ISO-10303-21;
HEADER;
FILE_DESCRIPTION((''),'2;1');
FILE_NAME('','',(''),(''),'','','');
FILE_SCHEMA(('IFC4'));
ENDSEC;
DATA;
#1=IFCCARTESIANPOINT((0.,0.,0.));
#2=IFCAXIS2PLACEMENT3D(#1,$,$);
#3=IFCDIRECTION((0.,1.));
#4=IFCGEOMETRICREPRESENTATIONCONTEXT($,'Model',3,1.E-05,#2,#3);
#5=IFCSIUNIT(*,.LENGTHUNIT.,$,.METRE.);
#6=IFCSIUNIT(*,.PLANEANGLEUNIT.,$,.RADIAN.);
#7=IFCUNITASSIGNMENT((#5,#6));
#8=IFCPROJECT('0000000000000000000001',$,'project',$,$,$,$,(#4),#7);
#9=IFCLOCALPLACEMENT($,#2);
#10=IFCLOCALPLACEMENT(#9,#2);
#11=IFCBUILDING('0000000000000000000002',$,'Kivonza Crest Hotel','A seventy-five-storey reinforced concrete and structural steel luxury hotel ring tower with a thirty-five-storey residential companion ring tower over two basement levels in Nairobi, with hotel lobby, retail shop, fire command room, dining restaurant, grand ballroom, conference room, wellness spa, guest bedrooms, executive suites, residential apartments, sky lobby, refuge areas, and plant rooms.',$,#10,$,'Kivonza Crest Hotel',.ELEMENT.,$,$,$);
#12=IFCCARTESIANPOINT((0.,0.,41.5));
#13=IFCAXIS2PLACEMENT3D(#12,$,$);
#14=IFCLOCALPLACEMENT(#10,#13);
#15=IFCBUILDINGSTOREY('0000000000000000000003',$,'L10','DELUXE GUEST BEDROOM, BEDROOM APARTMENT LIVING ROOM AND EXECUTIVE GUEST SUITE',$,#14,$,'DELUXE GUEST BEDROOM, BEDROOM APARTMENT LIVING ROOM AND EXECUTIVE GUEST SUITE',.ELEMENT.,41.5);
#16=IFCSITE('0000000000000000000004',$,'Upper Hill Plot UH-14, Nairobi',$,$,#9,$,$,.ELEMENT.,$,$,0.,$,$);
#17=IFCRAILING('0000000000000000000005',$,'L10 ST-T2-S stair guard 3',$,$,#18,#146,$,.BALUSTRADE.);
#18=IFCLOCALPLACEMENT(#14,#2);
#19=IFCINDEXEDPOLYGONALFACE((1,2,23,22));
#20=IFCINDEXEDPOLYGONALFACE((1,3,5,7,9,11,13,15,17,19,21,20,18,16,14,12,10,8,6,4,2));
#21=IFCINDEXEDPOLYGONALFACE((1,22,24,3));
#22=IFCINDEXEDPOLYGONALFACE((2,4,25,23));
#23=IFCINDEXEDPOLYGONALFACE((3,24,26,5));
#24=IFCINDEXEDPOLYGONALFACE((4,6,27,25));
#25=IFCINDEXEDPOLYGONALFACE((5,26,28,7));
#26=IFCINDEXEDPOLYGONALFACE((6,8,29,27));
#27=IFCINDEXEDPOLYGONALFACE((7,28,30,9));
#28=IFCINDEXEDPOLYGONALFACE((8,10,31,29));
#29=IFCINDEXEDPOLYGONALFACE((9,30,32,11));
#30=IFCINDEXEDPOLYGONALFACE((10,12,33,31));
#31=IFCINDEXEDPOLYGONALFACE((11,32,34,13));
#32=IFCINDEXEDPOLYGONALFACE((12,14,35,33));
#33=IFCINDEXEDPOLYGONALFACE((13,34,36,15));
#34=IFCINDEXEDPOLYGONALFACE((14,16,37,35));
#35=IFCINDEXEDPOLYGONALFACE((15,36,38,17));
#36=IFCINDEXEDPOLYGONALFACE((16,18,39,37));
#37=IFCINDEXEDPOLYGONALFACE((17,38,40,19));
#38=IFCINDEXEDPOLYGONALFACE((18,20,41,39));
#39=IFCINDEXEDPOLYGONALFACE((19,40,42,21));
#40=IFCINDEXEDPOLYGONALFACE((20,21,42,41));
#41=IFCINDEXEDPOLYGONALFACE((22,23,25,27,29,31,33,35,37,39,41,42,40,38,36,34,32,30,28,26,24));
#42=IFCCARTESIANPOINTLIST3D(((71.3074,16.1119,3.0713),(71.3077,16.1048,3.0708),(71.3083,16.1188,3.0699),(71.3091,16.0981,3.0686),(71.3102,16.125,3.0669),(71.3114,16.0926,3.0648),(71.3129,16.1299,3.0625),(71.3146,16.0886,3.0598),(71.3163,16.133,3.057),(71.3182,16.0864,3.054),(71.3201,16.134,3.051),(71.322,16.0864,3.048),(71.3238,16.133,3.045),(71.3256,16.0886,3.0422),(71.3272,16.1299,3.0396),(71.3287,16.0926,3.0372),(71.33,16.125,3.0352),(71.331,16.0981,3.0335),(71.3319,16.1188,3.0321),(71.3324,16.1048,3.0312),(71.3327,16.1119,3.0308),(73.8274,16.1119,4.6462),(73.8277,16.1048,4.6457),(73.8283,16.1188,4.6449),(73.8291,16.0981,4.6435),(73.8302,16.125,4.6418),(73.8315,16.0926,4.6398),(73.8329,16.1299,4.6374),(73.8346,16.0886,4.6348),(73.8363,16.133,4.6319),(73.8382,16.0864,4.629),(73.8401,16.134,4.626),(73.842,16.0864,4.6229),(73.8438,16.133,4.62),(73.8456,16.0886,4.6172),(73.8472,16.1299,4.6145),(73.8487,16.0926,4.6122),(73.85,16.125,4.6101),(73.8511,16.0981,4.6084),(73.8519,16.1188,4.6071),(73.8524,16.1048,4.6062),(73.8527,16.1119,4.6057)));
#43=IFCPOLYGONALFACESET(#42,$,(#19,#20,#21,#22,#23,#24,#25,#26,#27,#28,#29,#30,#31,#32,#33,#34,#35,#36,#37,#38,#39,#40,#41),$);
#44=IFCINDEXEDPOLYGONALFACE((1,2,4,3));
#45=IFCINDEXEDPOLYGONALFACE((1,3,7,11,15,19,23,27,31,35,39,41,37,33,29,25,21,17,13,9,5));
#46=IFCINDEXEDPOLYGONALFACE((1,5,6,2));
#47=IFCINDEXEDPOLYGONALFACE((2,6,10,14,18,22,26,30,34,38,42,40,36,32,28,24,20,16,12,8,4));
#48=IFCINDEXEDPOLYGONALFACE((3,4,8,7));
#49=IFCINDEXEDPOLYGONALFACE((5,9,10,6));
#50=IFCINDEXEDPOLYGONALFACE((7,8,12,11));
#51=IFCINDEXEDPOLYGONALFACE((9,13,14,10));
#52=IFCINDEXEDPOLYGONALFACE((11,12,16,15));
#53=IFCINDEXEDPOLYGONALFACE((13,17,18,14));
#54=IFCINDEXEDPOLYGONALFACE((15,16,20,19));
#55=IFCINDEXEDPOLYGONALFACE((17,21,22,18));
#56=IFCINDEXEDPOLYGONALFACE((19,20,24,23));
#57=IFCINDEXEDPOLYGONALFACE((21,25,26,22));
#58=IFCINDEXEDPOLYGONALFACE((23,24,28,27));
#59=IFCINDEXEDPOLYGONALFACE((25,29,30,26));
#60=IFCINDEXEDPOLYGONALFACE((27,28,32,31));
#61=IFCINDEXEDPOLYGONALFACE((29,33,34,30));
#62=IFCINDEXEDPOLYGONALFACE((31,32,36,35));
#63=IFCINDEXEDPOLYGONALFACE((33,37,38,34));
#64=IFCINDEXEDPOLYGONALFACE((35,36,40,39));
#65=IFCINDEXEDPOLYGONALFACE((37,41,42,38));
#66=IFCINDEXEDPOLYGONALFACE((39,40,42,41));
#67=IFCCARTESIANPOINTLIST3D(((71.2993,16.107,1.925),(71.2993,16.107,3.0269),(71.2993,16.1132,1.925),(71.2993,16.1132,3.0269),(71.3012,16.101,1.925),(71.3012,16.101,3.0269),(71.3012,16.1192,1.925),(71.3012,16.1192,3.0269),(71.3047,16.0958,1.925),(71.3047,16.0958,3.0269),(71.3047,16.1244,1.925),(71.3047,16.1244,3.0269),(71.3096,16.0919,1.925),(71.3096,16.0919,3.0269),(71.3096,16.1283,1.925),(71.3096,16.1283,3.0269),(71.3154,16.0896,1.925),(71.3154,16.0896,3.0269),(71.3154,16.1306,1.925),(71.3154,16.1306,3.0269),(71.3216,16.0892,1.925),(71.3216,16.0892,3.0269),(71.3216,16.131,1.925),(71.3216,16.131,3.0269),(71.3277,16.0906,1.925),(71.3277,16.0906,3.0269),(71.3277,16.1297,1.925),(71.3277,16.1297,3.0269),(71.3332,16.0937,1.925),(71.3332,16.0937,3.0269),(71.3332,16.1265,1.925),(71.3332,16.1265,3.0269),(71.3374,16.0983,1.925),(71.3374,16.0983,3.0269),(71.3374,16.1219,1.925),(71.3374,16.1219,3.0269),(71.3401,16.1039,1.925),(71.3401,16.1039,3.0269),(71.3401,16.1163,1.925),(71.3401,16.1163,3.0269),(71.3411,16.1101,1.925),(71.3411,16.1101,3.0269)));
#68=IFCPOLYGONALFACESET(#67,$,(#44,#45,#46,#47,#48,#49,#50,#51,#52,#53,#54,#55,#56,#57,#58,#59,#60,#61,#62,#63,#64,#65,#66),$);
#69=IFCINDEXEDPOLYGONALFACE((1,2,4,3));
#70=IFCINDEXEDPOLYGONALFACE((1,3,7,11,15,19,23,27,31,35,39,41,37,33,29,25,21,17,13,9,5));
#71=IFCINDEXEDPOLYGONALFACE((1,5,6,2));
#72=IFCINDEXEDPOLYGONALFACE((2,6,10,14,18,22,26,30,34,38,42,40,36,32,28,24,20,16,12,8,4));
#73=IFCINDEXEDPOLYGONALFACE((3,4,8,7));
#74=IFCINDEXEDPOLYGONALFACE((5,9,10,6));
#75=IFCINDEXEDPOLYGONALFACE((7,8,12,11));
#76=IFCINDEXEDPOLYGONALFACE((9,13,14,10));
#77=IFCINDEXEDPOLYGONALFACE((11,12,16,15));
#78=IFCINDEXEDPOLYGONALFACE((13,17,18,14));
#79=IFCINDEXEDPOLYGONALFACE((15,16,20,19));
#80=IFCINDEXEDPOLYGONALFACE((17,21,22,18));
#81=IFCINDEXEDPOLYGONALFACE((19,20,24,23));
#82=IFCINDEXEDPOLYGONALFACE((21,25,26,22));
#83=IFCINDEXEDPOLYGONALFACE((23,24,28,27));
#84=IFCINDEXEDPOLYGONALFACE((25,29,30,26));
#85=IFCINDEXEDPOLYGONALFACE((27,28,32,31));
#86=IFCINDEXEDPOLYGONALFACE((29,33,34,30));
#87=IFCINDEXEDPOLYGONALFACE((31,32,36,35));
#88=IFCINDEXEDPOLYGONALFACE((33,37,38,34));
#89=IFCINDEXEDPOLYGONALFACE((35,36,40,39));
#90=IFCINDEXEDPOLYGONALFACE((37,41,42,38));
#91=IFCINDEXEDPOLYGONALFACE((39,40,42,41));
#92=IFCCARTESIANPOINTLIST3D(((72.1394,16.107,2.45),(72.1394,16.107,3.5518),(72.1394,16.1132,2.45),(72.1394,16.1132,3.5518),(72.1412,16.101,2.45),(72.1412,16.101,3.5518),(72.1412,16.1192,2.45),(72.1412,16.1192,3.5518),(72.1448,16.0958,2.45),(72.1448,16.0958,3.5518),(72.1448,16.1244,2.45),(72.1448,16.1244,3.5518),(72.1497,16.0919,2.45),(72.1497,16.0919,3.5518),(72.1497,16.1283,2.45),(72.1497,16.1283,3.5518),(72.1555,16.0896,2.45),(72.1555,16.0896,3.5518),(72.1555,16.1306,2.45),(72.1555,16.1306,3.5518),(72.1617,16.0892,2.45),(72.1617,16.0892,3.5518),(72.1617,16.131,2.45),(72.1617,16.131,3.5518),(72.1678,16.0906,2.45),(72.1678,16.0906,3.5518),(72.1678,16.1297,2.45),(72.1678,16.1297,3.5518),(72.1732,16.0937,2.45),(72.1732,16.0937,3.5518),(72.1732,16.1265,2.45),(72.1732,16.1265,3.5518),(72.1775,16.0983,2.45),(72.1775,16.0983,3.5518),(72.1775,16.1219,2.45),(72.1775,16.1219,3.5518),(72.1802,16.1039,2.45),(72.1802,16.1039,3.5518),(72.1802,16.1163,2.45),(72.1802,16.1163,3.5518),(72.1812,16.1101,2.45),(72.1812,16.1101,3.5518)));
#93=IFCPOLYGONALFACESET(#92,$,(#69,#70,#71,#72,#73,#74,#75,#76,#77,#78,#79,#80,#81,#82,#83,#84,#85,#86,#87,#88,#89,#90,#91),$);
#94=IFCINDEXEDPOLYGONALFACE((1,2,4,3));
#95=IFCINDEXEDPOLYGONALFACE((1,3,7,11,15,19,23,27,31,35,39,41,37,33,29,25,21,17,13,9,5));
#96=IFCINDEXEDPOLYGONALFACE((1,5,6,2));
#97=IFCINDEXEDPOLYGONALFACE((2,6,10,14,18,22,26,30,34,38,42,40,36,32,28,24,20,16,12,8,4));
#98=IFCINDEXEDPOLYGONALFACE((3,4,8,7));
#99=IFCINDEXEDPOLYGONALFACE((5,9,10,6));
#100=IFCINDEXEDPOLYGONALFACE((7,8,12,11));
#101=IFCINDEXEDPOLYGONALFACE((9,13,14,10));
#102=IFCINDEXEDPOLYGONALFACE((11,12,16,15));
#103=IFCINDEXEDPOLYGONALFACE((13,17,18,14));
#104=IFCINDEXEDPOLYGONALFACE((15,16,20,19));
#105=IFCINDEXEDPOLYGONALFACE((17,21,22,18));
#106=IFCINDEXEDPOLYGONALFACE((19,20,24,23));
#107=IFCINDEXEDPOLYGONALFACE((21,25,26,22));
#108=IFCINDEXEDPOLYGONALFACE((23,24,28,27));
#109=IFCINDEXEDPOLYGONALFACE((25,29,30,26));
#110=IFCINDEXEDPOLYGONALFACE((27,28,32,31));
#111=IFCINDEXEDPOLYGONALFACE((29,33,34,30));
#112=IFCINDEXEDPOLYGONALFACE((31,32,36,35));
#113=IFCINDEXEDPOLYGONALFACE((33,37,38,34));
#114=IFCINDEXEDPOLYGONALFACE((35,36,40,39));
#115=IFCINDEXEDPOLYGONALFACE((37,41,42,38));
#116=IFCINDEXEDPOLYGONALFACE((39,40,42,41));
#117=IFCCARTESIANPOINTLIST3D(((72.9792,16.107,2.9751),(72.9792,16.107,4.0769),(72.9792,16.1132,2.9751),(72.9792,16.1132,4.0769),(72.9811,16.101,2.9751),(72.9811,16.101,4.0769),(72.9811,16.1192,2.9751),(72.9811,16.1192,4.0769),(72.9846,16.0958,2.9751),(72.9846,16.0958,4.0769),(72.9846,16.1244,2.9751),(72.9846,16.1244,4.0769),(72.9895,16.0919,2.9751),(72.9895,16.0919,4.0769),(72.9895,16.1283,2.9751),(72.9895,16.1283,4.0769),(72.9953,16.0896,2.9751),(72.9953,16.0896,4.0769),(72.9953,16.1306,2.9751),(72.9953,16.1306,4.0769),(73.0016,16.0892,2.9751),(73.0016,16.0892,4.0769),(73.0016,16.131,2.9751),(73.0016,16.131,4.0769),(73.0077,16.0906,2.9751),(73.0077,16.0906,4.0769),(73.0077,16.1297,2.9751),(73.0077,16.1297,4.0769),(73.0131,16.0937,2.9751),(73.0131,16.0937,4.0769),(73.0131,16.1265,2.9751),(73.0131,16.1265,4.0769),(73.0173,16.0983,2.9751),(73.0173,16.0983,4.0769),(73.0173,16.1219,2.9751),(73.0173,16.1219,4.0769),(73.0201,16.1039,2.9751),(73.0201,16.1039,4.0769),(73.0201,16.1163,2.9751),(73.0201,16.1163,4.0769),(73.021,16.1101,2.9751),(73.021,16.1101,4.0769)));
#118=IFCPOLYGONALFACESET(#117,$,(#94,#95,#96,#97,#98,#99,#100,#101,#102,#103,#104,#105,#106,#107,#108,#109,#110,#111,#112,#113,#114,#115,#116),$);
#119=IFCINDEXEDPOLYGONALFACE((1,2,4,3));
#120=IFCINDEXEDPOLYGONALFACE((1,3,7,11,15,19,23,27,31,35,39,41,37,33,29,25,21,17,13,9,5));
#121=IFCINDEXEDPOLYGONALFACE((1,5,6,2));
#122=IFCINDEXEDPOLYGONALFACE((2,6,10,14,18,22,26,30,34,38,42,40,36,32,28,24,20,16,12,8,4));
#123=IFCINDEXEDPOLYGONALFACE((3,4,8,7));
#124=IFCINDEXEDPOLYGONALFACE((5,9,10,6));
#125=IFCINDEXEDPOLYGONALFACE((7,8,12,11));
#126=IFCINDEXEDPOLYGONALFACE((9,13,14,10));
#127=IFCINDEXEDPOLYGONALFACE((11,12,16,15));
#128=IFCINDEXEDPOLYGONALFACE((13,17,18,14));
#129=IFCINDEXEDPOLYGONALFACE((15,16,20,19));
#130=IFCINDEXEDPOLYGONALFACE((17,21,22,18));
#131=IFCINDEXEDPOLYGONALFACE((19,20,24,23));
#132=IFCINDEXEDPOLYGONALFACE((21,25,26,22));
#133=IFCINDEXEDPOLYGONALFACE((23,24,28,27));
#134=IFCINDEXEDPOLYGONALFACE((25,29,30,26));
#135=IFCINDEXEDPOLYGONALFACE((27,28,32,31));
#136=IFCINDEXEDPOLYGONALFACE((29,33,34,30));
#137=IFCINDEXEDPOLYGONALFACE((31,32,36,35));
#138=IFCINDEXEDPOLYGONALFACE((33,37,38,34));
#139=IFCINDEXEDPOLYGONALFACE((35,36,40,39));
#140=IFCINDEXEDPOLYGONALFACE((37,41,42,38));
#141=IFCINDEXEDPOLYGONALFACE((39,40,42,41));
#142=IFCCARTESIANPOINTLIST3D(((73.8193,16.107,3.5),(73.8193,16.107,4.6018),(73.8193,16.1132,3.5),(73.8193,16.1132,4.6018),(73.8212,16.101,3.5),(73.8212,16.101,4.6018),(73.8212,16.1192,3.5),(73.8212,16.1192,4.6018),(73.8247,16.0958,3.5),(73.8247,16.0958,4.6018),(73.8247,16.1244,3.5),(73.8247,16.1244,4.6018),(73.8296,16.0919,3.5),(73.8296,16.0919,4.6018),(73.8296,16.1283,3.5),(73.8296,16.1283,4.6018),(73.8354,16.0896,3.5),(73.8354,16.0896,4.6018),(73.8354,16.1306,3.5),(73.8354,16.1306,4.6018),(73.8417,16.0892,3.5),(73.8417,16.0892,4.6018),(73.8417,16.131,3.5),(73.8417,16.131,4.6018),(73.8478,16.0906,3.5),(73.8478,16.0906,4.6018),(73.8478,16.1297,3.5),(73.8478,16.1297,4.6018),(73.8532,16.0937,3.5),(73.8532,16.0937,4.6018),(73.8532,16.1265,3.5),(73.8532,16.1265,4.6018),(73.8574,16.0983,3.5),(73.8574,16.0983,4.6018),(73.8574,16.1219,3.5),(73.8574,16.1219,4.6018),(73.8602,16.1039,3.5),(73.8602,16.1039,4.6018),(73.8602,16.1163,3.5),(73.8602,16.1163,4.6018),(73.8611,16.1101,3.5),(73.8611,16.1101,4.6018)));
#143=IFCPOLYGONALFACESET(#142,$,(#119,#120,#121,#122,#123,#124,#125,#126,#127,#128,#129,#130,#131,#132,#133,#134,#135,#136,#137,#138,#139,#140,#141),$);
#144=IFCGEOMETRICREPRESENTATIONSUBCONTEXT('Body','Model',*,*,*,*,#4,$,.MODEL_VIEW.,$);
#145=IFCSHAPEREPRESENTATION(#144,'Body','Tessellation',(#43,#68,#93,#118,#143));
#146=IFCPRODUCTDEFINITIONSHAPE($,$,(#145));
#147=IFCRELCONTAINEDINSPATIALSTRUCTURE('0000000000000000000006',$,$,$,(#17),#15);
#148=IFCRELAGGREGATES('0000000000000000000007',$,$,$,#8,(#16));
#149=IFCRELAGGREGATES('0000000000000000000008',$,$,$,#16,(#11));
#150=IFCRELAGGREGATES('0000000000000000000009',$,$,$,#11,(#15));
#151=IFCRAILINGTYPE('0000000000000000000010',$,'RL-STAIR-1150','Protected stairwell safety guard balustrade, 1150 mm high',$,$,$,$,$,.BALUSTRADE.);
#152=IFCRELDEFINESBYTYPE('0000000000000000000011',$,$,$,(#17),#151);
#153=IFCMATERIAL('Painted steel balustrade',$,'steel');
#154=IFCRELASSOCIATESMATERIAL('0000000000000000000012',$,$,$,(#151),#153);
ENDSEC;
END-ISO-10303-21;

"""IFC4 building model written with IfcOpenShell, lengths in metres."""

from ifc_helpers import new_model, si_unit, direction, frame, origin, origin_2d, place, context, subcontext, project, spatial, circle, extrude, material, type_object, element, save


model = new_model("IFC4")

# Units and contexts
model_context = context("Model", 3, precision=1e-05, world=origin(), true_north=direction((0.0, 1.0)))
body_context = subcontext(model_context, "Body", "Model", "MODEL_VIEW")
ifc_project = project(units=[si_unit("LENGTHUNIT", "METRE"), si_unit("PLANEANGLEUNIT", "RADIAN")], contexts=[model_context])

# Site, building, storey
site_placement = place(None, origin())
site = spatial("IfcSite", under=ifc_project, at=site_placement, Name="Upper Hill Plot UH-14, Nairobi", CompositionType="ELEMENT", RefElevation=0.0)
building_placement = place(site_placement, origin())
building = spatial("IfcBuilding", under=site, at=building_placement, Name="Kivonza Crest Hotel", Description="A seventy-five-storey reinforced concrete and structural steel luxury hotel ring tower with a thirty-five-storey residential companion ring tower over two basement levels in Nairobi, with hotel lobby, retail shop, fire command room, dining restaurant, grand ballroom, conference room, wellness spa, guest bedrooms, executive suites, residential apartments, sky lobby, refuge areas, and plant rooms.", LongName="Kivonza Crest Hotel", CompositionType="ELEMENT")
storey_placement = place(building_placement, frame((0.0, 0.0, 41.5)))
storey = spatial("IfcBuildingStorey", under=building, at=storey_placement, Name="L10", Description="DELUXE GUEST BEDROOM, BEDROOM APARTMENT LIVING ROOM AND EXECUTIVE GUEST SUITE", LongName="DELUXE GUEST BEDROOM, BEDROOM APARTMENT LIVING ROOM AND EXECUTIVE GUEST SUITE", CompositionType="ELEMENT", Elevation=41.5)

# Railing
ifc_material_1 = material(Name="Painted steel balustrade", Category="steel")
railing_type_1 = type_object("IfcRailingType", Name="RL-STAIR-1150", Description="Protected stairwell safety guard balustrade, 1150 mm high", PredefinedType="BALUSTRADE", material=ifc_material_1)
railing_1_placement = place(storey_placement, frame((71.3201, 16.1101, 1.925)))
element("IfcRailing", 1, at=railing_1_placement, inside=storey, type_object=railing_type_1, Name="L10 ST-T2-S stair guard 3", PredefinedType="BALUSTRADE", context=body_context, shape_type="SweptSolid", body=[
    extrude(circle(Radius=0.0239, at=origin_2d()), frame((0.0, 0.0, 1.126), z_axis=(0.848008, 0.0, 0.529984), x_axis=(0.0, 1.0, 0.0)), (0.0, 0.0, 1.0), 2.9717),
    extrude(circle(Radius=0.021, at=origin_2d()), origin(), (0.0, 0.0, 1.0), 1.1018),
    extrude(circle(Radius=0.021, at=origin_2d()), frame((0.8401, 0.0, 0.5249)), (0.0, 0.0, 1.0), 1.1018),
    extrude(circle(Radius=0.021, at=origin_2d()), frame((1.6799, 0.0, 1.05)), (0.0, 0.0, 1.0), 1.1018),
    extrude(circle(Radius=0.021, at=origin_2d()), frame((2.52, 0.0, 1.575)), (0.0, 0.0, 1.0), 1.1018),
])

save(model, "model.ifc")
